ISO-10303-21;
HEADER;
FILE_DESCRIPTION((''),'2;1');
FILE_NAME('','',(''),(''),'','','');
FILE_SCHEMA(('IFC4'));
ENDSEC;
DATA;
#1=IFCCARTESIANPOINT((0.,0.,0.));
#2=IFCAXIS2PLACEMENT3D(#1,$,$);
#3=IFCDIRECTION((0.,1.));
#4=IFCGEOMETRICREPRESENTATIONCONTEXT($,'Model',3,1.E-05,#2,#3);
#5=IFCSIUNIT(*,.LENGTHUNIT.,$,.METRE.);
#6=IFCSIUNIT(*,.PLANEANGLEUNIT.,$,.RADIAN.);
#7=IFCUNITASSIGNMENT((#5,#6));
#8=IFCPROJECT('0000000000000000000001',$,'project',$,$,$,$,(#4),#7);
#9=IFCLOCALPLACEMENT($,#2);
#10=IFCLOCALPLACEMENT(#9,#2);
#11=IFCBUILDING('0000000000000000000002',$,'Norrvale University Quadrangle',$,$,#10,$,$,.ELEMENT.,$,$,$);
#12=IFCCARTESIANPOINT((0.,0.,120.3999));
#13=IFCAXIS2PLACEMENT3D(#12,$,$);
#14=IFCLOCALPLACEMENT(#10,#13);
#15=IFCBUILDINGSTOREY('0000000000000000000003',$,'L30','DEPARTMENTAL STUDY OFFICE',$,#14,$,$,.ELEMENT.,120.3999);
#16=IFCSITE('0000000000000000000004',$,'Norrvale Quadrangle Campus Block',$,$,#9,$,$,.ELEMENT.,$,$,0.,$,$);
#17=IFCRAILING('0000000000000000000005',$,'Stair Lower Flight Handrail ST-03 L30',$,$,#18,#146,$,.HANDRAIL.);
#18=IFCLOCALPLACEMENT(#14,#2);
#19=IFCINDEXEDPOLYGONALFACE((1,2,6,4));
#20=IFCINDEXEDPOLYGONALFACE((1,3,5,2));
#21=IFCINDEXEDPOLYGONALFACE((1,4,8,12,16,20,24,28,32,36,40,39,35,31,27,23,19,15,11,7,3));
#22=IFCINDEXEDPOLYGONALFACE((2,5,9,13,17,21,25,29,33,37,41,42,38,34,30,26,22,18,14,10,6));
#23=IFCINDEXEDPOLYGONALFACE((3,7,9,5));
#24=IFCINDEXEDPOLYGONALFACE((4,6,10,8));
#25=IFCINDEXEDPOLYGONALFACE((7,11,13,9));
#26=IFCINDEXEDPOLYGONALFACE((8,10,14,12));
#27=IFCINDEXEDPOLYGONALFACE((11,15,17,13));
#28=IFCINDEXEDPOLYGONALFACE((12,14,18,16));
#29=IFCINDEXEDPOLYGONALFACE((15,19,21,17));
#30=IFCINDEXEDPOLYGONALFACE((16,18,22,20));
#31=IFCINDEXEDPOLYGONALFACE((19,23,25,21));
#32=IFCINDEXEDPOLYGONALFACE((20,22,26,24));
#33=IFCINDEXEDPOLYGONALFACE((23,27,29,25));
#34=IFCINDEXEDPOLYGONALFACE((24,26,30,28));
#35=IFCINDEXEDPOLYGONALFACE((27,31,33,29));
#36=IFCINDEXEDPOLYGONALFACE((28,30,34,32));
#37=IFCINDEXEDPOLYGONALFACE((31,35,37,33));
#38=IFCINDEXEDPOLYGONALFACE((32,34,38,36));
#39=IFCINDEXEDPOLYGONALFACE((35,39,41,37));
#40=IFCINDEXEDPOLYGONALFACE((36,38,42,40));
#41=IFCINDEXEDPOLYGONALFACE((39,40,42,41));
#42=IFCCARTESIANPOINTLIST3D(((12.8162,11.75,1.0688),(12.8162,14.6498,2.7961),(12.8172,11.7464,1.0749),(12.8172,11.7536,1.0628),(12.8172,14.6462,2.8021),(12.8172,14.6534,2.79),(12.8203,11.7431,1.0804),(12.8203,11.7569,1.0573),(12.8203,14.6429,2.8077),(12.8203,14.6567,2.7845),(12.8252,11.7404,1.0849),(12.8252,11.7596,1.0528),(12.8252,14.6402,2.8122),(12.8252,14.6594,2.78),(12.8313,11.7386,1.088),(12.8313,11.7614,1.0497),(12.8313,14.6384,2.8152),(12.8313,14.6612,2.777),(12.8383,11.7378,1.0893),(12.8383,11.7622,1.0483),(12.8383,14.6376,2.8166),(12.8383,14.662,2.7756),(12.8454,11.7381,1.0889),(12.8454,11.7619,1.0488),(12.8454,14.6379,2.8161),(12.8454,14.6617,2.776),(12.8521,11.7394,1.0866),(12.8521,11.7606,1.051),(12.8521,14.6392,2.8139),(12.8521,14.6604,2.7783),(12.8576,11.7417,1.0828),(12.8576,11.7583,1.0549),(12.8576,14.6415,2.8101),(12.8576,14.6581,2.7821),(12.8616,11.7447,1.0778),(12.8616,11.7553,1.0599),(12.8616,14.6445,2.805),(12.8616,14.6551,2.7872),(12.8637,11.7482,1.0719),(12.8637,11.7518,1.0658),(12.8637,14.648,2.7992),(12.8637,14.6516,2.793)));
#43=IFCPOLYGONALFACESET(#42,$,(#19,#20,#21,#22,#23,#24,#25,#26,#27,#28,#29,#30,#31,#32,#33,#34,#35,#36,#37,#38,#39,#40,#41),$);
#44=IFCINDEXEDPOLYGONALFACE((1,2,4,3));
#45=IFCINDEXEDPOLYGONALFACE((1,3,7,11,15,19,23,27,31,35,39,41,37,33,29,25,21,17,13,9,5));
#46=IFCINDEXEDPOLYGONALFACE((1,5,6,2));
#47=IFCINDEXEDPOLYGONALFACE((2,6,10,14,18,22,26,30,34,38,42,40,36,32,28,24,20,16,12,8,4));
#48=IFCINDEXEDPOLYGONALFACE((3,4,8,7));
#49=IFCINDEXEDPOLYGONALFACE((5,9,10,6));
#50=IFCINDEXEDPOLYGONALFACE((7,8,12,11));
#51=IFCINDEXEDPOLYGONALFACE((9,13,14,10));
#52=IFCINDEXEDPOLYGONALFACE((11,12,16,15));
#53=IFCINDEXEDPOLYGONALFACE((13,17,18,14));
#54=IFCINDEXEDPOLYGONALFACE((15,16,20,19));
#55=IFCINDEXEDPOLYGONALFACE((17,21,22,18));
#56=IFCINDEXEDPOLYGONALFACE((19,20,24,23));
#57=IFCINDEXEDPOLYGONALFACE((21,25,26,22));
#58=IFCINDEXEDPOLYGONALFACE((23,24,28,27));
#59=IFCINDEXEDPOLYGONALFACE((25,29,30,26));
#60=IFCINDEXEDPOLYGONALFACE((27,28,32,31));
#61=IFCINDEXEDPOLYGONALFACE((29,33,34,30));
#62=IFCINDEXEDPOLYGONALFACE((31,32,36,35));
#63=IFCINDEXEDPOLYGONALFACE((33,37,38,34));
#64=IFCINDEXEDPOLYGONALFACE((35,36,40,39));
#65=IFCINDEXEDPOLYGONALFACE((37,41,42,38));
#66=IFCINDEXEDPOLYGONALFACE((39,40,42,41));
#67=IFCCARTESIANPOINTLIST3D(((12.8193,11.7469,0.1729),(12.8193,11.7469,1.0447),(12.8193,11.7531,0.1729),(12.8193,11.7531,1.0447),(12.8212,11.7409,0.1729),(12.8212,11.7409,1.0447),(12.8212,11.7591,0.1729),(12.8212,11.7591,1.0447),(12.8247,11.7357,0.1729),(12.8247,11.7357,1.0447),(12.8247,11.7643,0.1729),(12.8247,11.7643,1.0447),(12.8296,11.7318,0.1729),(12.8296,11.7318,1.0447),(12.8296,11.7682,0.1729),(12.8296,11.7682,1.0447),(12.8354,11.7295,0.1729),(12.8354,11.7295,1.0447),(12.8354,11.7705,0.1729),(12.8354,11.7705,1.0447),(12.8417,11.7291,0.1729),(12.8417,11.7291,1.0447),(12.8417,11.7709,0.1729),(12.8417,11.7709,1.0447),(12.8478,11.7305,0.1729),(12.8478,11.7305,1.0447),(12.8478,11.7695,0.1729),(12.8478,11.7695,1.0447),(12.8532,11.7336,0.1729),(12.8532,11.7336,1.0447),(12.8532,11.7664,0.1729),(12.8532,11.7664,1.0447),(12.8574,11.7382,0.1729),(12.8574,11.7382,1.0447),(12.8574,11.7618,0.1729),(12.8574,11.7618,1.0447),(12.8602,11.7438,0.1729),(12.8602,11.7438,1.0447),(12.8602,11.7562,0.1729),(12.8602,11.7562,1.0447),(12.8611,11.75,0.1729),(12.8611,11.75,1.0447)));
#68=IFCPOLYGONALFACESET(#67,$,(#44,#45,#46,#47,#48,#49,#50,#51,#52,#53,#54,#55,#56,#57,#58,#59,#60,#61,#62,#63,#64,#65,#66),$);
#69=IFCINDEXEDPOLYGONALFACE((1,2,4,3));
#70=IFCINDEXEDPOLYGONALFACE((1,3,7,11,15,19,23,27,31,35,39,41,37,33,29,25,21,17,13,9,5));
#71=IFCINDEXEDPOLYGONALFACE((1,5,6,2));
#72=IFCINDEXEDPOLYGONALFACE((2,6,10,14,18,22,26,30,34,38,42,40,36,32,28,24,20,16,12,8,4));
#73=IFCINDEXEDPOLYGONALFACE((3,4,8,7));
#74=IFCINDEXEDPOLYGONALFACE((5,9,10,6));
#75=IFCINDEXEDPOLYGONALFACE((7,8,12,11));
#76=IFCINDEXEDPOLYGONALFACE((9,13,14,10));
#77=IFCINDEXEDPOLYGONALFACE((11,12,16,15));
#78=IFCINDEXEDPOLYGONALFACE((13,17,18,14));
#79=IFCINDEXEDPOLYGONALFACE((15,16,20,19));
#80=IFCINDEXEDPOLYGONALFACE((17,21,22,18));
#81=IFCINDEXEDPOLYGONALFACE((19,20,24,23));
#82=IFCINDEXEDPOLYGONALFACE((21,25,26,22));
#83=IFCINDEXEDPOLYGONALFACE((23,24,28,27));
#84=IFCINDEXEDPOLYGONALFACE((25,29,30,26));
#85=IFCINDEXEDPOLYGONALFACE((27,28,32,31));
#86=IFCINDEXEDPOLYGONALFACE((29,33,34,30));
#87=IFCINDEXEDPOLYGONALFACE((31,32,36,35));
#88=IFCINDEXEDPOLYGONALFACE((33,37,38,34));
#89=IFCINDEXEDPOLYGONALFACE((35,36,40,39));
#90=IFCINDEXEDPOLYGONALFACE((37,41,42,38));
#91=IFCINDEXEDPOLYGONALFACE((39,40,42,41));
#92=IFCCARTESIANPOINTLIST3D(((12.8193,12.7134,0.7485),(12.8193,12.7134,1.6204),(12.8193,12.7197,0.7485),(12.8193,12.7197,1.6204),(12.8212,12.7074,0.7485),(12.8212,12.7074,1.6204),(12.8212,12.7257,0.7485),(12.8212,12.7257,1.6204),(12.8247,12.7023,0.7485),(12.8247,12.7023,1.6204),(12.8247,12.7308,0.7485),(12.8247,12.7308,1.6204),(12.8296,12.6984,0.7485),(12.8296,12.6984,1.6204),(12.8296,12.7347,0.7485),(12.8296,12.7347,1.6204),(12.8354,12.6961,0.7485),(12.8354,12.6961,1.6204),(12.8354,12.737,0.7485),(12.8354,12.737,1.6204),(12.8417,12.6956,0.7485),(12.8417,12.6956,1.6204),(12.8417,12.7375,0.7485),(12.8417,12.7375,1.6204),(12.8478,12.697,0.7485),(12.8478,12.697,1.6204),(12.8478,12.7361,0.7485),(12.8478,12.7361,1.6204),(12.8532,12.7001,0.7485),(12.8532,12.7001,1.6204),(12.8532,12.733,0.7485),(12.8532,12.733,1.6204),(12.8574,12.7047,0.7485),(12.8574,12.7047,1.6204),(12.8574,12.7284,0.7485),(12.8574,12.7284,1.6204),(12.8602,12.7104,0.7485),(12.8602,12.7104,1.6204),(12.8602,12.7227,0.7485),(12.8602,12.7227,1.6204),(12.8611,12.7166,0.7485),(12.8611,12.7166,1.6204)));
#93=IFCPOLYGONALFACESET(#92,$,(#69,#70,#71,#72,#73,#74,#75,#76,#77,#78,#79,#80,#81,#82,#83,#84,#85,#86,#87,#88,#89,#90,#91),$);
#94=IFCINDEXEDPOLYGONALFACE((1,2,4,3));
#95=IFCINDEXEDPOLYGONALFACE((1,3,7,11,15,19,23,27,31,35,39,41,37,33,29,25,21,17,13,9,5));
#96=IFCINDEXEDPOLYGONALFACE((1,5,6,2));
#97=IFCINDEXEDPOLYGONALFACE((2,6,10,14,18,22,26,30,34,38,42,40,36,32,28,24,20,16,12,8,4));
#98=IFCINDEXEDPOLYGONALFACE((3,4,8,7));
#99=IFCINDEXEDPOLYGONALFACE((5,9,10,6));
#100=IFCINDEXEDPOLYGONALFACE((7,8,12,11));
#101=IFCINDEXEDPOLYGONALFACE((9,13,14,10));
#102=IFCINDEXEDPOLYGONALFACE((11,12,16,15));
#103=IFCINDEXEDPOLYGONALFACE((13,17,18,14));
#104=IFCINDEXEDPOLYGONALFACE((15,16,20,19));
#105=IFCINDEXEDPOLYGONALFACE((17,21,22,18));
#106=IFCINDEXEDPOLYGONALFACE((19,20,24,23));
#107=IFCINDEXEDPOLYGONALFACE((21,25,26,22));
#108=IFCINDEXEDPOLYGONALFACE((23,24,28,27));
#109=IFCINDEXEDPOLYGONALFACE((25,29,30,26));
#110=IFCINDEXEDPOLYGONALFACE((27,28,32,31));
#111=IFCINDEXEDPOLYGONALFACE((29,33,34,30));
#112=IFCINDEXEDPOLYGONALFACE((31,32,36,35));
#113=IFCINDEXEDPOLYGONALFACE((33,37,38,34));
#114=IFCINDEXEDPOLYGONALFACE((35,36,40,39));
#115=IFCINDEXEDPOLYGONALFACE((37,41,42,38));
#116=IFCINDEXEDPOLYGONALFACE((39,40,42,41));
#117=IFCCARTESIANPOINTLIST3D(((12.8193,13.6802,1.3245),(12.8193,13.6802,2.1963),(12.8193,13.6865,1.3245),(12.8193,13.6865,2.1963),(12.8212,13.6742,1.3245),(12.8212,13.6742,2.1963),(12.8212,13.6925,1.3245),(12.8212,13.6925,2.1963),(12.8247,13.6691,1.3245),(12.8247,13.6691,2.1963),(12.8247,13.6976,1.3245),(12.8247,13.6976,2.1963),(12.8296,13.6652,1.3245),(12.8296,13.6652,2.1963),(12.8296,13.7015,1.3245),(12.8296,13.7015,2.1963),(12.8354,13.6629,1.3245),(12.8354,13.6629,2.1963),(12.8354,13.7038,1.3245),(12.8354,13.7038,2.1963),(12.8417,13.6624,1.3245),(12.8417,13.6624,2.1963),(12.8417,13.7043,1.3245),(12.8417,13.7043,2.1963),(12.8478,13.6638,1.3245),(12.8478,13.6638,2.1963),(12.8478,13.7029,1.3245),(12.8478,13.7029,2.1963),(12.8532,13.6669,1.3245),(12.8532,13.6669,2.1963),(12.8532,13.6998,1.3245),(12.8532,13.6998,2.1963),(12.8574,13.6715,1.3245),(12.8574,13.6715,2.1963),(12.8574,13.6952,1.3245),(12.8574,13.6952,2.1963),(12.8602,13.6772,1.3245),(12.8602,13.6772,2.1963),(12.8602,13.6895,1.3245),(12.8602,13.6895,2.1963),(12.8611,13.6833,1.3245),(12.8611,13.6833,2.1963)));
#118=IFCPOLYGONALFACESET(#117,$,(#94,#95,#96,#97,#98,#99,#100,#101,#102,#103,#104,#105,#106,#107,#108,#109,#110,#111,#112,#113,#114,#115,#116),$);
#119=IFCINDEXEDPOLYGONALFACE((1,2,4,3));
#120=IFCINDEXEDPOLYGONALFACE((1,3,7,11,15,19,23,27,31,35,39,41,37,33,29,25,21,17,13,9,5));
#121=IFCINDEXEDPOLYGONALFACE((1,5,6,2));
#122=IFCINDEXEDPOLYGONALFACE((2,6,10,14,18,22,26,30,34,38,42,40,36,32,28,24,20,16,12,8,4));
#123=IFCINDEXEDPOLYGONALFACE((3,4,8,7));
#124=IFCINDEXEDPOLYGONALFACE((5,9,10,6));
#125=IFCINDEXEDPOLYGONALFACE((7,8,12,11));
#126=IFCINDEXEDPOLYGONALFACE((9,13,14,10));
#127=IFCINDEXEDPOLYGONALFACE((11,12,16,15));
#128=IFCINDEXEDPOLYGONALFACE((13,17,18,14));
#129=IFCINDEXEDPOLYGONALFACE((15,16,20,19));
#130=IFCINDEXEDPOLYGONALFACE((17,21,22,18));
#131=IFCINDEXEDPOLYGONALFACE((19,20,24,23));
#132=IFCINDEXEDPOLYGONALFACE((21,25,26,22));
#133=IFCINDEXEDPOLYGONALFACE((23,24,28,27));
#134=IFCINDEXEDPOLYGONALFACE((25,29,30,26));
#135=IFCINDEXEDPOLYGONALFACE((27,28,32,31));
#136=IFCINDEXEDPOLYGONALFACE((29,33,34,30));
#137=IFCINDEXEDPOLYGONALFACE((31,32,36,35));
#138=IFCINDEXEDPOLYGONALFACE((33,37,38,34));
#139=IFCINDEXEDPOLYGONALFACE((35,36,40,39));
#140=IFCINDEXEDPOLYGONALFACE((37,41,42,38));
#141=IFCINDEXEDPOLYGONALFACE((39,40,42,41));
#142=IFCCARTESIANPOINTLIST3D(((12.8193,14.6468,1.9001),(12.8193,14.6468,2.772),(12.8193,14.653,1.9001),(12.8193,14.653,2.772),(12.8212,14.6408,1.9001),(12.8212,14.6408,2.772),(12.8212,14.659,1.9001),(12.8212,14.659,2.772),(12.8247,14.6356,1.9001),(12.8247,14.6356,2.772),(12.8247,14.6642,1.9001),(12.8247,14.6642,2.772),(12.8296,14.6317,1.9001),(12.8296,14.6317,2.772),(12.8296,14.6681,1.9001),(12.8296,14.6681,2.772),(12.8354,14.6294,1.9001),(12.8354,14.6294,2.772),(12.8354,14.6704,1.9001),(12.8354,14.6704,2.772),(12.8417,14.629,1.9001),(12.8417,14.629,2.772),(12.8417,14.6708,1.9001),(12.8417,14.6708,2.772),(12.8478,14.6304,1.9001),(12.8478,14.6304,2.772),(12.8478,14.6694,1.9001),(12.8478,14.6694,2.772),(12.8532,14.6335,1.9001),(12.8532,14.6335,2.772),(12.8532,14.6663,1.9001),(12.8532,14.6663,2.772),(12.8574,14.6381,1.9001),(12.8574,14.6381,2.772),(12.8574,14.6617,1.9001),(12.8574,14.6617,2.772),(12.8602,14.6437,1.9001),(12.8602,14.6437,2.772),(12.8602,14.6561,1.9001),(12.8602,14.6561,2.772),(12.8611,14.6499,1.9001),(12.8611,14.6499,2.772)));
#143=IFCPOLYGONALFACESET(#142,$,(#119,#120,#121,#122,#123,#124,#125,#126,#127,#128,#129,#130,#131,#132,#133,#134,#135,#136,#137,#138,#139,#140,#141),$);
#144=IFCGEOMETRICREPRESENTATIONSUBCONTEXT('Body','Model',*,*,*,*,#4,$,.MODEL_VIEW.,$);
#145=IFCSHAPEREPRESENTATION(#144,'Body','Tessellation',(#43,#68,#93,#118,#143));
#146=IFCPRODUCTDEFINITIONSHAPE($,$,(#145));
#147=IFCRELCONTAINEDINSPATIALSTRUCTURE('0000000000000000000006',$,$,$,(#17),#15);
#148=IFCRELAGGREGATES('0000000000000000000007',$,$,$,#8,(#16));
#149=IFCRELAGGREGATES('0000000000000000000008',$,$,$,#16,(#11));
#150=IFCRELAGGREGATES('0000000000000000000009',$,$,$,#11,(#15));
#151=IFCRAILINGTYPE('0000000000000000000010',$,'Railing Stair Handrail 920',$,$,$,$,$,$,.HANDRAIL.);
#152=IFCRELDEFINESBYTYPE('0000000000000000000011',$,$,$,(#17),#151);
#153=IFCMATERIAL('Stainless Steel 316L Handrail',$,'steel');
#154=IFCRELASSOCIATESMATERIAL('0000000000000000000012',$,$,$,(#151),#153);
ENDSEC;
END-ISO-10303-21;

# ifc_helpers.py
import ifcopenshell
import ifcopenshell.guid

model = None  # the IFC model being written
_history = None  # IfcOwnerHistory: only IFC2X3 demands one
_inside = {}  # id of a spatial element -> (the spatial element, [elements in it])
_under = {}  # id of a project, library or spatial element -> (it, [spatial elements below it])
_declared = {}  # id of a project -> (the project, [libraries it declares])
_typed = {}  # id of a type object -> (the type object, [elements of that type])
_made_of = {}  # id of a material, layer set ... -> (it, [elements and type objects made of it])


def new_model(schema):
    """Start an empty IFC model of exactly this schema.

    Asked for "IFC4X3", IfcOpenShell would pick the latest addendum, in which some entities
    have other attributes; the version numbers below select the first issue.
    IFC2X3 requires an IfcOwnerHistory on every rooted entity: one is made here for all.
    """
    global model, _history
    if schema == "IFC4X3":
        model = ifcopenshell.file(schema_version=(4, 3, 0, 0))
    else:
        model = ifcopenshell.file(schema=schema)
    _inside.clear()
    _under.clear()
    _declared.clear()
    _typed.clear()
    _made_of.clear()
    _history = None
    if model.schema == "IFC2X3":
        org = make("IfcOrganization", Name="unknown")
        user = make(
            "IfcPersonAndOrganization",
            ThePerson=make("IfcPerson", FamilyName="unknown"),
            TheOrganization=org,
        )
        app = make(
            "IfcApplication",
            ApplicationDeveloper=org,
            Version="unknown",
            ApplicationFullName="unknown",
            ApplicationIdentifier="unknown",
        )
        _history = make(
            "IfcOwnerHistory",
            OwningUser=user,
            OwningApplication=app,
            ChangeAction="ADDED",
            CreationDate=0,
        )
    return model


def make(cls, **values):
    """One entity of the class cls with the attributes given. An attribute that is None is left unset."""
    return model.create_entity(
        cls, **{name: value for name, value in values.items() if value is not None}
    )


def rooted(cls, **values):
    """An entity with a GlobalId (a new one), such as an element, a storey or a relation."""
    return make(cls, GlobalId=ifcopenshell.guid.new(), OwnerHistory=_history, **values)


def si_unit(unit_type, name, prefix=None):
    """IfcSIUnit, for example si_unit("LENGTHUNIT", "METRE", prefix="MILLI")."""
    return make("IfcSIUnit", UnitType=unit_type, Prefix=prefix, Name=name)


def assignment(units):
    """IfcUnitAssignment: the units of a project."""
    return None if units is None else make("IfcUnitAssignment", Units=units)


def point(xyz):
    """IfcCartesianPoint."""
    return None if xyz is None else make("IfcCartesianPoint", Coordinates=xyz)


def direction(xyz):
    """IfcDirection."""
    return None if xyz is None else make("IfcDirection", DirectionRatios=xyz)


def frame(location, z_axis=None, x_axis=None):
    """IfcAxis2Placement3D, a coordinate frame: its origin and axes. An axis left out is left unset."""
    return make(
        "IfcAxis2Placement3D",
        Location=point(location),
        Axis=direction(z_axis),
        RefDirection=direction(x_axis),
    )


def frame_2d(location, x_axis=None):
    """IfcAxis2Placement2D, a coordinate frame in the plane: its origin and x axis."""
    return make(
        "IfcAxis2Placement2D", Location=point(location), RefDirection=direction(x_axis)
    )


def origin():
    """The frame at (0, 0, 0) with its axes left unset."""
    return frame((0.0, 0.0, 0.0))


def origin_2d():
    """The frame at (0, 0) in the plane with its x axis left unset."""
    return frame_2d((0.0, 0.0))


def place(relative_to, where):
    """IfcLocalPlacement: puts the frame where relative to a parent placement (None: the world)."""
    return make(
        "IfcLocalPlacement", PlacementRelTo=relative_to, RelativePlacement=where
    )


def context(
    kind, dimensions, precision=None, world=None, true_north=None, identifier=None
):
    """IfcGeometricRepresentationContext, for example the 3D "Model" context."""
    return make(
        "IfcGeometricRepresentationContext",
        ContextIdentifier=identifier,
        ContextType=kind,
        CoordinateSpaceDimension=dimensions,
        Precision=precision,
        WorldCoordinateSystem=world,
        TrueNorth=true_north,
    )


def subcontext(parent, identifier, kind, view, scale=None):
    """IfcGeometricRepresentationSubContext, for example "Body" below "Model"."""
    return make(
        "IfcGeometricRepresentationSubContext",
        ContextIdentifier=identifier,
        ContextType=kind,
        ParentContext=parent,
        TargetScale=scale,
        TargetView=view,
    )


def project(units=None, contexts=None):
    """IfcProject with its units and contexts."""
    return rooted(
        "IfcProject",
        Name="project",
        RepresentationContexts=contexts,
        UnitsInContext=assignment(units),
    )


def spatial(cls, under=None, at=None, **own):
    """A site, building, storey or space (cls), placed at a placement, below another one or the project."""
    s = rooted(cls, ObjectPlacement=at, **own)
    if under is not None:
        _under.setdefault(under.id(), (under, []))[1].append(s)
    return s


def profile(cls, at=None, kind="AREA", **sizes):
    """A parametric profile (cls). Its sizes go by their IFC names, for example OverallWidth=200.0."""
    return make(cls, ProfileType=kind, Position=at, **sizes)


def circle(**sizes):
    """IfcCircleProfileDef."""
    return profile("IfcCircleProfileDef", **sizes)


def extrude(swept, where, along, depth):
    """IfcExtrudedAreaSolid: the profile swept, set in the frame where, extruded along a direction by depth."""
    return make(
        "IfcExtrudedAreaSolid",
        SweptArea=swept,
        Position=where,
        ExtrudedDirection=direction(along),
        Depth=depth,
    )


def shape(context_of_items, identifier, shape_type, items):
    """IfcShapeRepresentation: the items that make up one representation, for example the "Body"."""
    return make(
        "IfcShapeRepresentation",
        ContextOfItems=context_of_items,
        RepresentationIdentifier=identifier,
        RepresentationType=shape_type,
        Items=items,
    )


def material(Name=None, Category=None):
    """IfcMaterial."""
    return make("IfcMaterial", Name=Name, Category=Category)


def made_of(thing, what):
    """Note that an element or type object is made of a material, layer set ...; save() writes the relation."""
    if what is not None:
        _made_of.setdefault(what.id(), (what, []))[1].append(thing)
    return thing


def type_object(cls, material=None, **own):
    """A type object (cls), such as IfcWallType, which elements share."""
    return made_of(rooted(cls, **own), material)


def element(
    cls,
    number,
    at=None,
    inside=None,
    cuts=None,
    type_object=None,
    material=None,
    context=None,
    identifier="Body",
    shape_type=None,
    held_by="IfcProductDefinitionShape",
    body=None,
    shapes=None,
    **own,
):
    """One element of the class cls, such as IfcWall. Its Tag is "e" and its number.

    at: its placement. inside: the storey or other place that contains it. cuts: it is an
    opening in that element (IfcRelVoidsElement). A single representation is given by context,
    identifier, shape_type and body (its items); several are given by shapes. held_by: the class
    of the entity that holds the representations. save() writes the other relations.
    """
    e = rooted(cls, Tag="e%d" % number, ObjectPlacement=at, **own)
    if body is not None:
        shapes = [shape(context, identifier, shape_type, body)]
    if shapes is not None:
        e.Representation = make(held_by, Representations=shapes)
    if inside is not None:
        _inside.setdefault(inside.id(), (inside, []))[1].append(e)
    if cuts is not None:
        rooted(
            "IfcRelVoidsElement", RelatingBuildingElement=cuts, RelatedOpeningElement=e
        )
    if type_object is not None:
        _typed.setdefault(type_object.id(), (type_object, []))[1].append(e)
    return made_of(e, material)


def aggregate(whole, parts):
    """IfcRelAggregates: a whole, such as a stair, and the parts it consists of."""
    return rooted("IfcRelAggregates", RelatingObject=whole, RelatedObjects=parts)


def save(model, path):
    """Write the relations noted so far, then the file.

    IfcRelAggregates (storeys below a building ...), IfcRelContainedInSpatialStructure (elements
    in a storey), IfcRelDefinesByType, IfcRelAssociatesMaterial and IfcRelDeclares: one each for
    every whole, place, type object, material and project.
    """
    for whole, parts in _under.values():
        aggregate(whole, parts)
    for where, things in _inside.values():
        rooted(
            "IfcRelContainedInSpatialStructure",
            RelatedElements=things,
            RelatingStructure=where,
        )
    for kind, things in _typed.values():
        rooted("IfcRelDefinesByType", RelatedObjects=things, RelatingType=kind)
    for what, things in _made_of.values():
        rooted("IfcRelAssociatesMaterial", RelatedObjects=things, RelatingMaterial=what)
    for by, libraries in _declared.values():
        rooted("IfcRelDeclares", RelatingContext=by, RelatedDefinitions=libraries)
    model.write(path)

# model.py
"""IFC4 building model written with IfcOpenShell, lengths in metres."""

from ifc_helpers import new_model, si_unit, direction, frame, origin, origin_2d, place, context, subcontext, project, spatial, circle, extrude, material, type_object, element, save


model = new_model("IFC4")

# Units and contexts
model_context = context("Model", 3, precision=1e-05, world=origin(), true_north=direction((0.0, 1.0)))
body_context = subcontext(model_context, "Body", "Model", "MODEL_VIEW")
ifc_project = project(units=[si_unit("LENGTHUNIT", "METRE"), si_unit("PLANEANGLEUNIT", "RADIAN")], contexts=[model_context])

# Site, building, storey
site_placement = place(None, origin())
site = spatial("IfcSite", under=ifc_project, at=site_placement, Name="Norrvale Quadrangle Campus Block", CompositionType="ELEMENT", RefElevation=0.0)
building_placement = place(site_placement, origin())
building = spatial("IfcBuilding", under=site, at=building_placement, Name="Norrvale University Quadrangle", CompositionType="ELEMENT")
storey_placement = place(building_placement, frame((0.0, 0.0, 120.3999)))
storey = spatial("IfcBuildingStorey", under=building, at=storey_placement, Name="L30", Description="DEPARTMENTAL STUDY OFFICE", CompositionType="ELEMENT", Elevation=120.3999)

# Railing
ifc_material_1 = material(Name="Stainless Steel 316L Handrail", Category="steel")
railing_type_1 = type_object("IfcRailingType", Name="Railing Stair Handrail 920", PredefinedType="HANDRAIL", material=ifc_material_1)
railing_1_placement = place(storey_placement, frame((12.8401, 11.75, 0.1729)))
element("IfcRailing", 1, at=railing_1_placement, inside=storey, type_object=railing_type_1, Name="Stair Lower Flight Handrail ST-03 L30", PredefinedType="HANDRAIL", context=body_context, shape_type="SweptSolid", body=[
    extrude(circle(Radius=0.0239, at=origin_2d()), frame((0.0, 0.0, 0.896), z_axis=(0.0, 0.859141, 0.511738), x_axis=(-1.0, 0.0, 0.0)), (0.0, 0.0, 1.0), 3.3752),
    extrude(circle(Radius=0.021, at=origin_2d()), origin(), (0.0, 0.0, 1.0), 0.8718),
    extrude(circle(Radius=0.021, at=origin_2d()), frame((0.0, 0.9666, 0.5757)), (0.0, 0.0, 1.0), 0.8718),
    extrude(circle(Radius=0.021, at=origin_2d()), frame((0.0, 1.9333, 1.1516)), (0.0, 0.0, 1.0), 0.8718),
    extrude(circle(Radius=0.021, at=origin_2d()), frame((0.0, 2.8999, 1.7273)), (0.0, 0.0, 1.0), 0.8718),
])

save(model, "model.ifc")
